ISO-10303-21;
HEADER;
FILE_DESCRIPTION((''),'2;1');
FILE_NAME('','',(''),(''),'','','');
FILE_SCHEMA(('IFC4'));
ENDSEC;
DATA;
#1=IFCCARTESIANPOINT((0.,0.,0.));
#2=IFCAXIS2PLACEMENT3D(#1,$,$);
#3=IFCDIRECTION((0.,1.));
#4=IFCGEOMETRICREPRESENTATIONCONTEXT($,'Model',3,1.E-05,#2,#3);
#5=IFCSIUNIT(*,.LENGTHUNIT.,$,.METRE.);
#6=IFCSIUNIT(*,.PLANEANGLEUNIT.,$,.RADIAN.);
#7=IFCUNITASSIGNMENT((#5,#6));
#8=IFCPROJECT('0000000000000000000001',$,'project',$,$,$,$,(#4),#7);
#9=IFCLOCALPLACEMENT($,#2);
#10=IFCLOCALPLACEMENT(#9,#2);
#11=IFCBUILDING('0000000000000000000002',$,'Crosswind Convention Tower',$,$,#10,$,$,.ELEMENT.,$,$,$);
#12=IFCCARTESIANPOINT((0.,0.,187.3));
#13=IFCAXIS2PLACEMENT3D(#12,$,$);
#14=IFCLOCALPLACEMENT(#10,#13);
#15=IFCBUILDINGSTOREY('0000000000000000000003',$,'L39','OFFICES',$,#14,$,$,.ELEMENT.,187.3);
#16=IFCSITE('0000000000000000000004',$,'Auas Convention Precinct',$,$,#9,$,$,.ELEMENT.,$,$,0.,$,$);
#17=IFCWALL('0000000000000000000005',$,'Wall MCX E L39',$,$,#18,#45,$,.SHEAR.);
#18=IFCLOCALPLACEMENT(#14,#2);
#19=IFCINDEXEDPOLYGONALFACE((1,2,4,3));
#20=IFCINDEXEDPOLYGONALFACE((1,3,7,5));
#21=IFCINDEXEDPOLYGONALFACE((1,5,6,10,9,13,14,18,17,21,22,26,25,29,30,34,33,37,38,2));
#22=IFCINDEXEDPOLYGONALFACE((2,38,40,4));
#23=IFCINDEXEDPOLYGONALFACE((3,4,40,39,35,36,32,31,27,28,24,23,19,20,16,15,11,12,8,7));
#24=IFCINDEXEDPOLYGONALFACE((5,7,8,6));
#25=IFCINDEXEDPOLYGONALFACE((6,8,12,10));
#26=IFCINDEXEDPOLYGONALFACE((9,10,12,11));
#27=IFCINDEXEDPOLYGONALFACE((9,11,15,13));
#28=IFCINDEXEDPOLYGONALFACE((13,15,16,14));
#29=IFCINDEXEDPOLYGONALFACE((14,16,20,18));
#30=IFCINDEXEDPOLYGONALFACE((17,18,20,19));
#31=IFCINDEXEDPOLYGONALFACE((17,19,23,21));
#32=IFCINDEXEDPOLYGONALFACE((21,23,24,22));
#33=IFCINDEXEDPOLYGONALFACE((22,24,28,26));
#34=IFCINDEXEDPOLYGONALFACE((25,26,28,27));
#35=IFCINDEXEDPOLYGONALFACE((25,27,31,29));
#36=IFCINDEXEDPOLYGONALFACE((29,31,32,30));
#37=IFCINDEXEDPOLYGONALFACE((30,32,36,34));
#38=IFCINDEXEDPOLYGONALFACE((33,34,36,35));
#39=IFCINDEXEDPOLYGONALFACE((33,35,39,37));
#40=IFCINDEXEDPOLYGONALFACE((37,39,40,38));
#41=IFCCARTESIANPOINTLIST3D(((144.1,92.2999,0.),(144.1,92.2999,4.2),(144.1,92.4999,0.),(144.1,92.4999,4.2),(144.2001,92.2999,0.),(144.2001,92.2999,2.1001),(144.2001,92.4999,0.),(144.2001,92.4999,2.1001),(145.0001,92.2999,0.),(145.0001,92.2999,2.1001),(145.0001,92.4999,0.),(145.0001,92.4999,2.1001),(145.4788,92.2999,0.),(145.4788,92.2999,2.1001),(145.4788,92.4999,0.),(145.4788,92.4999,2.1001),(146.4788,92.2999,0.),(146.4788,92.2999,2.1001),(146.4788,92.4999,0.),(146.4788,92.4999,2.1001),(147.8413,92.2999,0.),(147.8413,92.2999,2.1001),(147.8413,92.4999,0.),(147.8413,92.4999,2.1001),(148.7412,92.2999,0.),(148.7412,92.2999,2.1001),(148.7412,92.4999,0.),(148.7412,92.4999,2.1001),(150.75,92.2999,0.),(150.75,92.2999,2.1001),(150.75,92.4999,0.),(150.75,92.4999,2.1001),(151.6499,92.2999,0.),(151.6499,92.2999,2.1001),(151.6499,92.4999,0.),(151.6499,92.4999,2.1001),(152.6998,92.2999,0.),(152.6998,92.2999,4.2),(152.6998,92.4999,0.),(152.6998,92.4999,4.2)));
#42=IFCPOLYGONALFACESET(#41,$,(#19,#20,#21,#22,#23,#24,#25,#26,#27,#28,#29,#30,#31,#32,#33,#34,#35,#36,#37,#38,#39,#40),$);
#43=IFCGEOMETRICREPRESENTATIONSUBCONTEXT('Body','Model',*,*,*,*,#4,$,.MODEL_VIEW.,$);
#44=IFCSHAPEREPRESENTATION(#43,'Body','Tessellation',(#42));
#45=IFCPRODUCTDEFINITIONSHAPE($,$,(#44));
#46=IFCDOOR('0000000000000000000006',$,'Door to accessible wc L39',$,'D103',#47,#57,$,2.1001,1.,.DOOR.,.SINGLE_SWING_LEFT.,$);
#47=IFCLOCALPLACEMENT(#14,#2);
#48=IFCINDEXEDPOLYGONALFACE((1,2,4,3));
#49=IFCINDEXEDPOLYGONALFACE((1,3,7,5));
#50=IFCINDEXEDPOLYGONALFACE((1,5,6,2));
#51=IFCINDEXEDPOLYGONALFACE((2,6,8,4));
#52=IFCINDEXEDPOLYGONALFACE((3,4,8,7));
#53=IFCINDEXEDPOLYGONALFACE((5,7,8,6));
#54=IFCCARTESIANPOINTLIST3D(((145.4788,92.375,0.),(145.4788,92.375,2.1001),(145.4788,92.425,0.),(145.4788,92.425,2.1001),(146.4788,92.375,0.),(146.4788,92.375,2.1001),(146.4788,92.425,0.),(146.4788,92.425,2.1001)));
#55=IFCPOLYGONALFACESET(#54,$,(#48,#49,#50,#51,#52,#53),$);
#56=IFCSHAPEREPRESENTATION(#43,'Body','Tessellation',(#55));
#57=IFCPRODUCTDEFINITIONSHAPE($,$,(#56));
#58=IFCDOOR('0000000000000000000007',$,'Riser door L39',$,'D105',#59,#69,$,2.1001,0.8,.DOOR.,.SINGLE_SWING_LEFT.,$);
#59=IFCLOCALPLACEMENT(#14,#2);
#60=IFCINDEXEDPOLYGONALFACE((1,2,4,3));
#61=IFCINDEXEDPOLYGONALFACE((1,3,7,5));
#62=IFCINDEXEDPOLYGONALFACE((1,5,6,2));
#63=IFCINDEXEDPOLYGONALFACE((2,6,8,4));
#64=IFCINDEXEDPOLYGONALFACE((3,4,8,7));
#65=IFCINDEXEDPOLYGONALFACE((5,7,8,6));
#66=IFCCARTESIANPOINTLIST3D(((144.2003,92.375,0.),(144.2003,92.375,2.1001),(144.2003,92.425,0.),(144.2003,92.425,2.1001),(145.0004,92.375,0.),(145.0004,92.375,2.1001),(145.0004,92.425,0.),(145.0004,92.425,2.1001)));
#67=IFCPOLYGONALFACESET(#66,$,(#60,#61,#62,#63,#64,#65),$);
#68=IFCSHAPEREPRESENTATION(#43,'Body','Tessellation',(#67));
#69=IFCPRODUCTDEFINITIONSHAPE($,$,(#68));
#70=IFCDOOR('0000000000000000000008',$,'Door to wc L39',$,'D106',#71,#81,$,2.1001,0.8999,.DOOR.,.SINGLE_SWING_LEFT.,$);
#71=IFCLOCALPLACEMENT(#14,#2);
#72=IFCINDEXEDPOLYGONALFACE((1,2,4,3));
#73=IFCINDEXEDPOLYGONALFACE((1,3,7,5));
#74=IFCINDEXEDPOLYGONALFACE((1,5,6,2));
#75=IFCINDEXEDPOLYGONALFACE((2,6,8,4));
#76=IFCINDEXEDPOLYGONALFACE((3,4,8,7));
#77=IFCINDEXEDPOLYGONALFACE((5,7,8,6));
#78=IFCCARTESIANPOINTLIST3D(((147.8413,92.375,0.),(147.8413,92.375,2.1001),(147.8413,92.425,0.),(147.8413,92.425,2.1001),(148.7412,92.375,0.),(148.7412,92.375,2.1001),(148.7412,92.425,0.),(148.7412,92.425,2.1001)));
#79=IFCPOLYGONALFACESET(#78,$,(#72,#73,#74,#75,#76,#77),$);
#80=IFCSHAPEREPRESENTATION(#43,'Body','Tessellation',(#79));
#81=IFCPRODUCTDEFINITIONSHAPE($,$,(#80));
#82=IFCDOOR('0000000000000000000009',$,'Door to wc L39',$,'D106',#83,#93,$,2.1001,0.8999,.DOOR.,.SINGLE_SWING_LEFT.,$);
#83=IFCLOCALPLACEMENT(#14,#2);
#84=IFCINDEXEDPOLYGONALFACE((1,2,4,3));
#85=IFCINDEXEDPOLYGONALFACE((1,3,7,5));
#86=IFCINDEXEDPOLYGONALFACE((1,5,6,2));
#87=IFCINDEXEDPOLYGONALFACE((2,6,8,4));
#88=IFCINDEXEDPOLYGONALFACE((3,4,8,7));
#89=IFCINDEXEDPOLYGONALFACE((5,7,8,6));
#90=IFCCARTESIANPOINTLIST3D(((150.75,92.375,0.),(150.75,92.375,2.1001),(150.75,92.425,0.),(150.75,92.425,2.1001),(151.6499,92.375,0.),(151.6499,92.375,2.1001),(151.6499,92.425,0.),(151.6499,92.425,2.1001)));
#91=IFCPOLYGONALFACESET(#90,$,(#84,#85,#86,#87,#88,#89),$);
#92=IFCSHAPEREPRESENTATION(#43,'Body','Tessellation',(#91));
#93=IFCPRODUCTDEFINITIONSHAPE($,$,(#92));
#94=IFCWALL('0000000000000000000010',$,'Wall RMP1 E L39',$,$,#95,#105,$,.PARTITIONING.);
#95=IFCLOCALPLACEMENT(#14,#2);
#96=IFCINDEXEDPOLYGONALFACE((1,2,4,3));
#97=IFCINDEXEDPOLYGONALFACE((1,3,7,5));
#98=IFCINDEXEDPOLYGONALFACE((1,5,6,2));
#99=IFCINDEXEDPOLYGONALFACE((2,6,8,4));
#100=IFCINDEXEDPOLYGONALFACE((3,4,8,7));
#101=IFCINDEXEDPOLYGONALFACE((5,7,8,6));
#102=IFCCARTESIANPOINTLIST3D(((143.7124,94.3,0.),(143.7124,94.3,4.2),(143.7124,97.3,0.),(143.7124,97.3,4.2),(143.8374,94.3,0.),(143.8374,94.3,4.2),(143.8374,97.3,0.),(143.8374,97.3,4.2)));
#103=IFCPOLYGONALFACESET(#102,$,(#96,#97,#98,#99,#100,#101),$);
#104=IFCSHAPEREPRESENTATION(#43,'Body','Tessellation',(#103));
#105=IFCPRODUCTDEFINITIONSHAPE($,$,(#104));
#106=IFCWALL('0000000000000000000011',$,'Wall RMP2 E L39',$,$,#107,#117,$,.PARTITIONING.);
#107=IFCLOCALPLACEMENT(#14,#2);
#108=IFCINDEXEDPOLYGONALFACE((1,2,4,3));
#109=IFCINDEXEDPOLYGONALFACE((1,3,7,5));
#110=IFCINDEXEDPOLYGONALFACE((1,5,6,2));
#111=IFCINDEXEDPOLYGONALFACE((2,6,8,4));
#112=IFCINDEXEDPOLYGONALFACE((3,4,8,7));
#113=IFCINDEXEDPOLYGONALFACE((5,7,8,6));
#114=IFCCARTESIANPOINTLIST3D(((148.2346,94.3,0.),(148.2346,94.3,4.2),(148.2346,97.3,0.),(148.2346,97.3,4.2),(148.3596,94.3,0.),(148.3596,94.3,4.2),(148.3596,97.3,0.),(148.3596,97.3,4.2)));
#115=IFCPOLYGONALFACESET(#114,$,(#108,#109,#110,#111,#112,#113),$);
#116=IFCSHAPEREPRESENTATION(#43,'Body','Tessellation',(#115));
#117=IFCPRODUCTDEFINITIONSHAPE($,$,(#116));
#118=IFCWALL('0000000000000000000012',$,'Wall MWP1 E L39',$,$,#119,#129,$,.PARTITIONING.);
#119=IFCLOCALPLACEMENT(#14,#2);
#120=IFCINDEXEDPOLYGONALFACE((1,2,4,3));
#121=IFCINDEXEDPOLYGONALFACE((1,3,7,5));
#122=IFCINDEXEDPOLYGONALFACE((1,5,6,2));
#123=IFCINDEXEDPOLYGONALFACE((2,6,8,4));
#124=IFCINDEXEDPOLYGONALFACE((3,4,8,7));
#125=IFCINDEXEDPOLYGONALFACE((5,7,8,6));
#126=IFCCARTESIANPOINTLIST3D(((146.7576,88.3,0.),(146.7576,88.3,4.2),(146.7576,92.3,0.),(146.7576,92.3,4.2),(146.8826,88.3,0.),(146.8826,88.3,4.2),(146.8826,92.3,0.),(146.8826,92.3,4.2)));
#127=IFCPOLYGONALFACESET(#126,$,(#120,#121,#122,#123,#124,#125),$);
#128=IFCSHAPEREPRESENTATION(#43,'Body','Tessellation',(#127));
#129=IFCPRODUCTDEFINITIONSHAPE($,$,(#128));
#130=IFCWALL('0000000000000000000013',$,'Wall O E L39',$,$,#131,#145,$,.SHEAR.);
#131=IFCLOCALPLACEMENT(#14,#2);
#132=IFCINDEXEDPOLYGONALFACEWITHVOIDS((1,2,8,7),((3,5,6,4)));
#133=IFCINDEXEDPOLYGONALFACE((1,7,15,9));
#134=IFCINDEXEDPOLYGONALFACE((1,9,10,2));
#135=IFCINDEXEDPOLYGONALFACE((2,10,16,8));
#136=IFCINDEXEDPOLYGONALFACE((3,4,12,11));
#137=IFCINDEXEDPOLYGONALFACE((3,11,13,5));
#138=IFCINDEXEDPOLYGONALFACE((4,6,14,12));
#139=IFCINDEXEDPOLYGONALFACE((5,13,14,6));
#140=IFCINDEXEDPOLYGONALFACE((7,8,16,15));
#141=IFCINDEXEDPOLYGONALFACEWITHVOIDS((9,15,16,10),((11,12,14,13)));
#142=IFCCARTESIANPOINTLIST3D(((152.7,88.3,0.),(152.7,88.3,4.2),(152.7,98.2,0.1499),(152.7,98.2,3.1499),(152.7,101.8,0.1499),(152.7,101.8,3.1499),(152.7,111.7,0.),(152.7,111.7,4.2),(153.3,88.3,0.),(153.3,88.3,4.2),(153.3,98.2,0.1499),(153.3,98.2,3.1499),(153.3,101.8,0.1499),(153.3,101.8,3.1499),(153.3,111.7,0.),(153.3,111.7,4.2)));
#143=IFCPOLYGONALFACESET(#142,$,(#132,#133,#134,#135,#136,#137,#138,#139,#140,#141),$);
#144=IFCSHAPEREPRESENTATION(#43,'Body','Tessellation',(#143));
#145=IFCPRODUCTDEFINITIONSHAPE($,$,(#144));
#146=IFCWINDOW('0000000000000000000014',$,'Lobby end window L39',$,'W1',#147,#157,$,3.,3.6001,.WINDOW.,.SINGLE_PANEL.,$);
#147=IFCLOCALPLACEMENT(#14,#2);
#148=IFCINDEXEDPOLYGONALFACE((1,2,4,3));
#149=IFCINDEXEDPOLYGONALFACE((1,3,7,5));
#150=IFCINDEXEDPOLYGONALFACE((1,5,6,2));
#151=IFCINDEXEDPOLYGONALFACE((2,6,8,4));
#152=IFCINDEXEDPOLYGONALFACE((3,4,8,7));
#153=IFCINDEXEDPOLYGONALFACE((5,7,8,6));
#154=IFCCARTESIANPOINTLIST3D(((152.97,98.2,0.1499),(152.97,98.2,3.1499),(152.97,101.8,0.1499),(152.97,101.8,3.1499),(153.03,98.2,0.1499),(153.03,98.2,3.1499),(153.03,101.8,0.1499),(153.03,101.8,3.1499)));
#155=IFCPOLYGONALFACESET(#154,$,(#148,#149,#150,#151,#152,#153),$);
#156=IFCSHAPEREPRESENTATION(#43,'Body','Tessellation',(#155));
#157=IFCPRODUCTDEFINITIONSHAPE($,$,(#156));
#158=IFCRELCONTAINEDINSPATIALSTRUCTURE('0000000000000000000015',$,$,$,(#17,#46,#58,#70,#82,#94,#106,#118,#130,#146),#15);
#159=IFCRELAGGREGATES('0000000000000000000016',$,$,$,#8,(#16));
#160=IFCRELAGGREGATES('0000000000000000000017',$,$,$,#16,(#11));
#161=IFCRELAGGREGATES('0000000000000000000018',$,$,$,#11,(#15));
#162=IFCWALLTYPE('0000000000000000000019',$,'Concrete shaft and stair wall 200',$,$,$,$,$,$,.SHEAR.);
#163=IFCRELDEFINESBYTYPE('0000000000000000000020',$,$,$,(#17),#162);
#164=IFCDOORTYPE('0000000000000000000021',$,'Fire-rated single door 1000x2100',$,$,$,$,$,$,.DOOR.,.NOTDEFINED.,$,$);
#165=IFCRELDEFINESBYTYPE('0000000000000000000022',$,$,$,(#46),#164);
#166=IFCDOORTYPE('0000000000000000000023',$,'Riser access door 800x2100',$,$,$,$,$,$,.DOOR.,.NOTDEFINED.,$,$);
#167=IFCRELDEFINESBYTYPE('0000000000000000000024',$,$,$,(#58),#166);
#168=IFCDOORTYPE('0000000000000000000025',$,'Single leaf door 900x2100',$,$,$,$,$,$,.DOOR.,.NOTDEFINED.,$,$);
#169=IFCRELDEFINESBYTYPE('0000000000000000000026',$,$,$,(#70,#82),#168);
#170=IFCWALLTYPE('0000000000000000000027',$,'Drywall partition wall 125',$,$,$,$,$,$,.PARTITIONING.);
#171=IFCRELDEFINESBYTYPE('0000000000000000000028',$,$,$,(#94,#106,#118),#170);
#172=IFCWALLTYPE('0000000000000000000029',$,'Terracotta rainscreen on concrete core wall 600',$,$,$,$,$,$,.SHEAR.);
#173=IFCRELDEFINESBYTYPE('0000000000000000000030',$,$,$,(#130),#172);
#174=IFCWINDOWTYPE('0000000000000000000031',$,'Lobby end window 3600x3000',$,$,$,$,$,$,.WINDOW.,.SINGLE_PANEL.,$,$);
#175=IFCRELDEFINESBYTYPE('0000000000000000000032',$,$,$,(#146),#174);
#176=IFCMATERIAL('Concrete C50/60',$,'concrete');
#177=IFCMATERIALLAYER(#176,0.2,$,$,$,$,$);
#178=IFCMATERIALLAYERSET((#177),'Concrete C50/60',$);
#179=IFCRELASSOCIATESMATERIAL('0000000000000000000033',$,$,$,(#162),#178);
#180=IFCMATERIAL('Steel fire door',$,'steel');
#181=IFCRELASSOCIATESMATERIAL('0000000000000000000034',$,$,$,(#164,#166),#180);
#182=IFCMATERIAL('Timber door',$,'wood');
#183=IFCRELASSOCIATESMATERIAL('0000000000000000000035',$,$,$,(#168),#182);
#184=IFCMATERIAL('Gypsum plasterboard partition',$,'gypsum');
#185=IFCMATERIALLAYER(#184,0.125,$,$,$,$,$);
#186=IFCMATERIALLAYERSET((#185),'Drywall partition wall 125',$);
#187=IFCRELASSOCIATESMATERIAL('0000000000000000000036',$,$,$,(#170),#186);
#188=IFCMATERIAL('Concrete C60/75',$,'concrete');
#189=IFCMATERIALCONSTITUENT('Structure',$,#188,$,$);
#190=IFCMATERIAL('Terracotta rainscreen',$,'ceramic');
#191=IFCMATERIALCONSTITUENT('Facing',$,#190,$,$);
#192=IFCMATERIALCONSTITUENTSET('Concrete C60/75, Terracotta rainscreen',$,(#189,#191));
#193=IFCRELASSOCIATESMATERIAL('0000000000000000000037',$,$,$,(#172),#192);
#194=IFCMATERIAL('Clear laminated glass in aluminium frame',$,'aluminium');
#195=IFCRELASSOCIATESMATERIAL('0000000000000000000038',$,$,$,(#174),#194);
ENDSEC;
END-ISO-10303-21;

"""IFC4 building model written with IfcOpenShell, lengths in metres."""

from ifc_helpers import new_model, si_unit, direction, frame, frame_2d, origin, place, context, subcontext, project, spatial, rectangle, extrude, material, layer, layer_set, constituent, constituent_set, type_object, element, fill, save


model = new_model("IFC4")

# Units and contexts
model_context = context("Model", 3, precision=1e-05, world=origin(), true_north=direction((0.0, 1.0)))
body_context = subcontext(model_context, "Body", "Model", "MODEL_VIEW")
ifc_project = project(units=[si_unit("LENGTHUNIT", "METRE"), si_unit("PLANEANGLEUNIT", "RADIAN")], contexts=[model_context])

# Site, building, storey
site_placement = place(None, origin())
site = spatial("IfcSite", under=ifc_project, at=site_placement, Name="Auas Convention Precinct", CompositionType="ELEMENT", RefElevation=0.0)
building_placement = place(site_placement, origin())
building = spatial("IfcBuilding", under=site, at=building_placement, Name="Crosswind Convention Tower", CompositionType="ELEMENT")
storey_placement = place(building_placement, frame((0.0, 0.0, 187.3)))
storey = spatial("IfcBuildingStorey", under=building, at=storey_placement, Name="L39", Description="OFFICES", CompositionType="ELEMENT", Elevation=187.3)

# Shared definitions
ifc_material_1 = material(Name="Concrete C50/60", Category="concrete")

# Shared definitions
ifc_layer_1 = layer(ifc_material_1, 0.2)
ifc_layer_set_1 = layer_set([ifc_layer_1], Name="Concrete C50/60")
wall_type_1 = type_object("IfcWallType", Name="Concrete shaft and stair wall 200", PredefinedType="SHEAR", material=ifc_layer_set_1)

# Shared definitions
ifc_material_2 = material(Name="Steel fire door", Category="steel")

# Shared definitions
door_type_1 = type_object("IfcDoorType", Name="Fire-rated single door 1000x2100", OperationType="NOTDEFINED", PredefinedType="DOOR", material=ifc_material_2)

# Wall, openings, doors
wall_1_placement = place(storey_placement, frame((144.1001, 92.3999, 0.0), z_axis=(0.0, 0.0, 1.0), x_axis=(1.0, 0.0, 0.0)))
wall_1 = element("IfcWall", 1, at=wall_1_placement, inside=storey, type_object=wall_type_1, Name="Wall MCX E L39", PredefinedType="SHEAR", context=body_context, shape_type="SweptSolid", body=[
    extrude(rectangle(XDim=8.5999, YDim=0.2, at=frame_2d((4.2998, 0.0))), origin(), (0.0, 0.0, 1.0), 4.2),
])
opening_1_placement = place(wall_1_placement, frame((0.1001, 0.0, 0.0)))
opening_1 = element("IfcOpeningElement", 2, at=opening_1_placement, cuts=wall_1, PredefinedType="OPENING", context=body_context, shape_type="SweptSolid", body=[
    extrude(rectangle(XDim=0.8, YDim=2.1001, at=frame_2d((0.3999, 1.05))), frame((0.0, 0.1099, 0.0), z_axis=(0.0, -1.0, 0.0), x_axis=(1.0, 0.0, 0.0)), (0.0, 0.0, 1.0), 0.22),
])
opening_2_placement = place(wall_1_placement, frame((1.3787, 0.0, 0.0)))
opening_2 = element("IfcOpeningElement", 3, at=opening_2_placement, cuts=wall_1, PredefinedType="OPENING", context=body_context, shape_type="SweptSolid", body=[
    extrude(rectangle(XDim=1.0, YDim=2.1001, at=frame_2d((0.5, 1.05))), frame((0.0, 0.1099, 0.0), z_axis=(0.0, -1.0, 0.0), x_axis=(1.0, 0.0, 0.0)), (0.0, 0.0, 1.0), 0.22),
])
opening_3_placement = place(wall_1_placement, frame((3.7412, 0.0, 0.0)))
opening_3 = element("IfcOpeningElement", 4, at=opening_3_placement, cuts=wall_1, PredefinedType="OPENING", context=body_context, shape_type="SweptSolid", body=[
    extrude(rectangle(XDim=0.8999, YDim=2.1001, at=frame_2d((0.45, 1.05))), frame((0.0, 0.1099, 0.0), z_axis=(0.0, -1.0, 0.0), x_axis=(1.0, 0.0, 0.0)), (0.0, 0.0, 1.0), 0.22),
])
opening_4_placement = place(wall_1_placement, frame((6.6499, 0.0, 0.0)))
opening_4 = element("IfcOpeningElement", 5, at=opening_4_placement, cuts=wall_1, PredefinedType="OPENING", context=body_context, shape_type="SweptSolid", body=[
    extrude(rectangle(XDim=0.8999, YDim=2.1001, at=frame_2d((0.45, 1.05))), frame((0.0, 0.1099, 0.0), z_axis=(0.0, -1.0, 0.0), x_axis=(1.0, 0.0, 0.0)), (0.0, 0.0, 1.0), 0.22),
])
door_1_placement = place(opening_2_placement, frame((1.0, 0.0, 0.0), z_axis=(0.0, 0.0, 1.0), x_axis=(-1.0, 0.0, 0.0)))
door_1 = element("IfcDoor", 6, at=door_1_placement, inside=storey, type_object=door_type_1, Name="Door to accessible wc L39", ObjectType="D103", OperationType="SINGLE_SWING_LEFT", OverallHeight=2.1001, OverallWidth=1.0, PredefinedType="DOOR", context=body_context, shape_type="SweptSolid", body=[
    extrude(rectangle(XDim=1.0, YDim=2.1001, at=frame_2d((0.5, 1.05))), frame((0.0, 0.0249, 0.0), z_axis=(0.0, -1.0, 0.0), x_axis=(1.0, 0.0, 0.0)), (0.0, 0.0, 1.0), 0.05),
])
fill(opening_2, door_1)
door_type_2 = type_object("IfcDoorType", Name="Riser access door 800x2100", OperationType="NOTDEFINED", PredefinedType="DOOR", material=ifc_material_2)
door_2_placement = place(opening_1_placement, frame((0.8, 0.0, 0.0), z_axis=(0.0, 0.0, 1.0), x_axis=(-1.0, 0.0, 0.0)))
door_2 = element("IfcDoor", 7, at=door_2_placement, inside=storey, type_object=door_type_2, Name="Riser door L39", ObjectType="D105", OperationType="SINGLE_SWING_LEFT", OverallHeight=2.1001, OverallWidth=0.8, PredefinedType="DOOR", context=body_context, shape_type="SweptSolid", body=[
    extrude(rectangle(XDim=0.8, YDim=2.1001, at=frame_2d((0.3999, 1.05))), frame((0.0, 0.0249, 0.0), z_axis=(0.0, -1.0, 0.0), x_axis=(1.0, 0.0, 0.0)), (0.0, 0.0, 1.0), 0.05),
])
fill(opening_1, door_2)
ifc_material_3 = material(Name="Timber door", Category="wood")
door_type_3 = type_object("IfcDoorType", Name="Single leaf door 900x2100", OperationType="NOTDEFINED", PredefinedType="DOOR", material=ifc_material_3)
door_3_placement = place(opening_3_placement, frame((0.8999, 0.0, 0.0), z_axis=(0.0, 0.0, 1.0), x_axis=(-1.0, 0.0, 0.0)))
door_3 = element("IfcDoor", 8, at=door_3_placement, inside=storey, type_object=door_type_3, Name="Door to wc L39", ObjectType="D106", OperationType="SINGLE_SWING_LEFT", OverallHeight=2.1001, OverallWidth=0.8999, PredefinedType="DOOR", context=body_context, shape_type="SweptSolid", body=[
    extrude(rectangle(XDim=0.8999, YDim=2.1001, at=frame_2d((0.45, 1.05))), frame((0.0, 0.0249, 0.0), z_axis=(0.0, -1.0, 0.0), x_axis=(1.0, 0.0, 0.0)), (0.0, 0.0, 1.0), 0.05),
])
fill(opening_3, door_3)
door_4_placement = place(opening_4_placement, frame((0.8999, 0.0, 0.0), z_axis=(0.0, 0.0, 1.0), x_axis=(-1.0, 0.0, 0.0)))
door_4 = element("IfcDoor", 9, at=door_4_placement, inside=storey, type_object=door_type_3, Name="Door to wc L39", ObjectType="D106", OperationType="SINGLE_SWING_LEFT", OverallHeight=2.1001, OverallWidth=0.8999, PredefinedType="DOOR", context=body_context, shape_type="SweptSolid", body=[
    extrude(rectangle(XDim=0.8999, YDim=2.1001, at=frame_2d((0.45, 1.05))), frame((0.0, 0.0249, 0.0), z_axis=(0.0, -1.0, 0.0), x_axis=(1.0, 0.0, 0.0)), (0.0, 0.0, 1.0), 0.05),
])
fill(opening_4, door_4)

# Walls
ifc_material_4 = material(Name="Gypsum plasterboard partition", Category="gypsum")
ifc_layer_2 = layer(ifc_material_4, 0.125)
ifc_layer_set_2 = layer_set([ifc_layer_2], Name="Drywall partition wall 125")
wall_type_2 = type_object("IfcWallType", Name="Drywall partition wall 125", PredefinedType="PARTITIONING", material=ifc_layer_set_2)
for number, where, z_axis, x_axis, name in (
    (10, (143.7749, 94.3, 0.0), (0.0, 0.0, 1.0), (0.0, 1.0, 0.0), "Wall RMP1 E L39"),
    (11, (148.2971, 94.3, 0.0), (0.0, 0.0, 1.0), (0.0, 1.0, 0.0), "Wall RMP2 E L39"),
):
    element("IfcWall", number, at=place(storey_placement, frame(where, z_axis=z_axis, x_axis=x_axis)), inside=storey, type_object=wall_type_2, Name=name, PredefinedType="PARTITIONING", context=body_context, shape_type="SweptSolid", body=[
        extrude(rectangle(XDim=3.0, YDim=0.125, at=frame_2d((1.5, 0.0))), origin(), (0.0, 0.0, 1.0), 4.2),
    ])
wall_2_placement = place(storey_placement, frame((146.8201, 88.3, 0.0), z_axis=(0.0, 0.0, 1.0), x_axis=(0.0, 1.0, 0.0)))
element("IfcWall", 12, at=wall_2_placement, inside=storey, type_object=wall_type_2, Name="Wall MWP1 E L39", PredefinedType="PARTITIONING", context=body_context, shape_type="SweptSolid", body=[
    extrude(rectangle(XDim=4.0, YDim=0.125, at=frame_2d((2.0, 0.0))), origin(), (0.0, 0.0, 1.0), 4.2),
])

# Wall, opening, window
ifc_material_5 = material(Name="Concrete C60/75", Category="concrete")
ifc_constituent_1 = constituent(ifc_material_5, Name="Structure")
ifc_material_6 = material(Name="Terracotta rainscreen", Category="ceramic")
ifc_constituent_2 = constituent(ifc_material_6, Name="Facing")
ifc_constituent_set = constituent_set(constituents=[ifc_constituent_1, ifc_constituent_2], Name="Concrete C60/75, Terracotta rainscreen")
wall_type_3 = type_object("IfcWallType", Name="Terracotta rainscreen on concrete core wall 600", PredefinedType="SHEAR", material=ifc_constituent_set)
wall_3_placement = place(storey_placement, frame((153.0, 88.3, 0.0), z_axis=(0.0, 0.0, 1.0), x_axis=(0.0, 1.0, 0.0)))
wall_3 = element("IfcWall", 13, at=wall_3_placement, inside=storey, type_object=wall_type_3, Name="Wall O E L39", PredefinedType="SHEAR", context=body_context, shape_type="SweptSolid", body=[
    extrude(rectangle(XDim=23.3999, YDim=0.6001, at=frame_2d((11.7, 0.0))), origin(), (0.0, 0.0, 1.0), 4.2),
])
opening_5_placement = place(wall_3_placement, frame((9.8999, 0.0, 0.1499)))
opening_5 = element("IfcOpeningElement", 14, at=opening_5_placement, cuts=wall_3, PredefinedType="OPENING", context=body_context, shape_type="SweptSolid", body=[
    extrude(rectangle(XDim=3.6001, YDim=3.0, at=frame_2d((1.8, 1.5))), frame((0.0, 0.3101, 0.0), z_axis=(0.0, -1.0, 0.0), x_axis=(1.0, 0.0, 0.0)), (0.0, 0.0, 1.0), 0.6201),
])
ifc_material_7 = material(Name="Clear laminated glass in aluminium frame", Category="aluminium")
window_type = type_object("IfcWindowType", Name="Lobby end window 3600x3000", PartitioningType="SINGLE_PANEL", PredefinedType="WINDOW", material=ifc_material_7)
window_placement = place(opening_5_placement, origin())
window = element("IfcWindow", 15, at=window_placement, inside=storey, type_object=window_type, Name="Lobby end window L39", ObjectType="W1", OverallHeight=3.0, OverallWidth=3.6001, PartitioningType="SINGLE_PANEL", PredefinedType="WINDOW", context=body_context, shape_type="SweptSolid", body=[
    extrude(rectangle(XDim=3.6001, YDim=3.0, at=frame_2d((1.8, 1.5))), frame((0.0, 0.03, 0.0), z_axis=(0.0, -1.0, 0.0), x_axis=(1.0, 0.0, 0.0)), (0.0, 0.0, 1.0), 0.0601),
])
fill(opening_5, window)

save(model, "model.ifc")
